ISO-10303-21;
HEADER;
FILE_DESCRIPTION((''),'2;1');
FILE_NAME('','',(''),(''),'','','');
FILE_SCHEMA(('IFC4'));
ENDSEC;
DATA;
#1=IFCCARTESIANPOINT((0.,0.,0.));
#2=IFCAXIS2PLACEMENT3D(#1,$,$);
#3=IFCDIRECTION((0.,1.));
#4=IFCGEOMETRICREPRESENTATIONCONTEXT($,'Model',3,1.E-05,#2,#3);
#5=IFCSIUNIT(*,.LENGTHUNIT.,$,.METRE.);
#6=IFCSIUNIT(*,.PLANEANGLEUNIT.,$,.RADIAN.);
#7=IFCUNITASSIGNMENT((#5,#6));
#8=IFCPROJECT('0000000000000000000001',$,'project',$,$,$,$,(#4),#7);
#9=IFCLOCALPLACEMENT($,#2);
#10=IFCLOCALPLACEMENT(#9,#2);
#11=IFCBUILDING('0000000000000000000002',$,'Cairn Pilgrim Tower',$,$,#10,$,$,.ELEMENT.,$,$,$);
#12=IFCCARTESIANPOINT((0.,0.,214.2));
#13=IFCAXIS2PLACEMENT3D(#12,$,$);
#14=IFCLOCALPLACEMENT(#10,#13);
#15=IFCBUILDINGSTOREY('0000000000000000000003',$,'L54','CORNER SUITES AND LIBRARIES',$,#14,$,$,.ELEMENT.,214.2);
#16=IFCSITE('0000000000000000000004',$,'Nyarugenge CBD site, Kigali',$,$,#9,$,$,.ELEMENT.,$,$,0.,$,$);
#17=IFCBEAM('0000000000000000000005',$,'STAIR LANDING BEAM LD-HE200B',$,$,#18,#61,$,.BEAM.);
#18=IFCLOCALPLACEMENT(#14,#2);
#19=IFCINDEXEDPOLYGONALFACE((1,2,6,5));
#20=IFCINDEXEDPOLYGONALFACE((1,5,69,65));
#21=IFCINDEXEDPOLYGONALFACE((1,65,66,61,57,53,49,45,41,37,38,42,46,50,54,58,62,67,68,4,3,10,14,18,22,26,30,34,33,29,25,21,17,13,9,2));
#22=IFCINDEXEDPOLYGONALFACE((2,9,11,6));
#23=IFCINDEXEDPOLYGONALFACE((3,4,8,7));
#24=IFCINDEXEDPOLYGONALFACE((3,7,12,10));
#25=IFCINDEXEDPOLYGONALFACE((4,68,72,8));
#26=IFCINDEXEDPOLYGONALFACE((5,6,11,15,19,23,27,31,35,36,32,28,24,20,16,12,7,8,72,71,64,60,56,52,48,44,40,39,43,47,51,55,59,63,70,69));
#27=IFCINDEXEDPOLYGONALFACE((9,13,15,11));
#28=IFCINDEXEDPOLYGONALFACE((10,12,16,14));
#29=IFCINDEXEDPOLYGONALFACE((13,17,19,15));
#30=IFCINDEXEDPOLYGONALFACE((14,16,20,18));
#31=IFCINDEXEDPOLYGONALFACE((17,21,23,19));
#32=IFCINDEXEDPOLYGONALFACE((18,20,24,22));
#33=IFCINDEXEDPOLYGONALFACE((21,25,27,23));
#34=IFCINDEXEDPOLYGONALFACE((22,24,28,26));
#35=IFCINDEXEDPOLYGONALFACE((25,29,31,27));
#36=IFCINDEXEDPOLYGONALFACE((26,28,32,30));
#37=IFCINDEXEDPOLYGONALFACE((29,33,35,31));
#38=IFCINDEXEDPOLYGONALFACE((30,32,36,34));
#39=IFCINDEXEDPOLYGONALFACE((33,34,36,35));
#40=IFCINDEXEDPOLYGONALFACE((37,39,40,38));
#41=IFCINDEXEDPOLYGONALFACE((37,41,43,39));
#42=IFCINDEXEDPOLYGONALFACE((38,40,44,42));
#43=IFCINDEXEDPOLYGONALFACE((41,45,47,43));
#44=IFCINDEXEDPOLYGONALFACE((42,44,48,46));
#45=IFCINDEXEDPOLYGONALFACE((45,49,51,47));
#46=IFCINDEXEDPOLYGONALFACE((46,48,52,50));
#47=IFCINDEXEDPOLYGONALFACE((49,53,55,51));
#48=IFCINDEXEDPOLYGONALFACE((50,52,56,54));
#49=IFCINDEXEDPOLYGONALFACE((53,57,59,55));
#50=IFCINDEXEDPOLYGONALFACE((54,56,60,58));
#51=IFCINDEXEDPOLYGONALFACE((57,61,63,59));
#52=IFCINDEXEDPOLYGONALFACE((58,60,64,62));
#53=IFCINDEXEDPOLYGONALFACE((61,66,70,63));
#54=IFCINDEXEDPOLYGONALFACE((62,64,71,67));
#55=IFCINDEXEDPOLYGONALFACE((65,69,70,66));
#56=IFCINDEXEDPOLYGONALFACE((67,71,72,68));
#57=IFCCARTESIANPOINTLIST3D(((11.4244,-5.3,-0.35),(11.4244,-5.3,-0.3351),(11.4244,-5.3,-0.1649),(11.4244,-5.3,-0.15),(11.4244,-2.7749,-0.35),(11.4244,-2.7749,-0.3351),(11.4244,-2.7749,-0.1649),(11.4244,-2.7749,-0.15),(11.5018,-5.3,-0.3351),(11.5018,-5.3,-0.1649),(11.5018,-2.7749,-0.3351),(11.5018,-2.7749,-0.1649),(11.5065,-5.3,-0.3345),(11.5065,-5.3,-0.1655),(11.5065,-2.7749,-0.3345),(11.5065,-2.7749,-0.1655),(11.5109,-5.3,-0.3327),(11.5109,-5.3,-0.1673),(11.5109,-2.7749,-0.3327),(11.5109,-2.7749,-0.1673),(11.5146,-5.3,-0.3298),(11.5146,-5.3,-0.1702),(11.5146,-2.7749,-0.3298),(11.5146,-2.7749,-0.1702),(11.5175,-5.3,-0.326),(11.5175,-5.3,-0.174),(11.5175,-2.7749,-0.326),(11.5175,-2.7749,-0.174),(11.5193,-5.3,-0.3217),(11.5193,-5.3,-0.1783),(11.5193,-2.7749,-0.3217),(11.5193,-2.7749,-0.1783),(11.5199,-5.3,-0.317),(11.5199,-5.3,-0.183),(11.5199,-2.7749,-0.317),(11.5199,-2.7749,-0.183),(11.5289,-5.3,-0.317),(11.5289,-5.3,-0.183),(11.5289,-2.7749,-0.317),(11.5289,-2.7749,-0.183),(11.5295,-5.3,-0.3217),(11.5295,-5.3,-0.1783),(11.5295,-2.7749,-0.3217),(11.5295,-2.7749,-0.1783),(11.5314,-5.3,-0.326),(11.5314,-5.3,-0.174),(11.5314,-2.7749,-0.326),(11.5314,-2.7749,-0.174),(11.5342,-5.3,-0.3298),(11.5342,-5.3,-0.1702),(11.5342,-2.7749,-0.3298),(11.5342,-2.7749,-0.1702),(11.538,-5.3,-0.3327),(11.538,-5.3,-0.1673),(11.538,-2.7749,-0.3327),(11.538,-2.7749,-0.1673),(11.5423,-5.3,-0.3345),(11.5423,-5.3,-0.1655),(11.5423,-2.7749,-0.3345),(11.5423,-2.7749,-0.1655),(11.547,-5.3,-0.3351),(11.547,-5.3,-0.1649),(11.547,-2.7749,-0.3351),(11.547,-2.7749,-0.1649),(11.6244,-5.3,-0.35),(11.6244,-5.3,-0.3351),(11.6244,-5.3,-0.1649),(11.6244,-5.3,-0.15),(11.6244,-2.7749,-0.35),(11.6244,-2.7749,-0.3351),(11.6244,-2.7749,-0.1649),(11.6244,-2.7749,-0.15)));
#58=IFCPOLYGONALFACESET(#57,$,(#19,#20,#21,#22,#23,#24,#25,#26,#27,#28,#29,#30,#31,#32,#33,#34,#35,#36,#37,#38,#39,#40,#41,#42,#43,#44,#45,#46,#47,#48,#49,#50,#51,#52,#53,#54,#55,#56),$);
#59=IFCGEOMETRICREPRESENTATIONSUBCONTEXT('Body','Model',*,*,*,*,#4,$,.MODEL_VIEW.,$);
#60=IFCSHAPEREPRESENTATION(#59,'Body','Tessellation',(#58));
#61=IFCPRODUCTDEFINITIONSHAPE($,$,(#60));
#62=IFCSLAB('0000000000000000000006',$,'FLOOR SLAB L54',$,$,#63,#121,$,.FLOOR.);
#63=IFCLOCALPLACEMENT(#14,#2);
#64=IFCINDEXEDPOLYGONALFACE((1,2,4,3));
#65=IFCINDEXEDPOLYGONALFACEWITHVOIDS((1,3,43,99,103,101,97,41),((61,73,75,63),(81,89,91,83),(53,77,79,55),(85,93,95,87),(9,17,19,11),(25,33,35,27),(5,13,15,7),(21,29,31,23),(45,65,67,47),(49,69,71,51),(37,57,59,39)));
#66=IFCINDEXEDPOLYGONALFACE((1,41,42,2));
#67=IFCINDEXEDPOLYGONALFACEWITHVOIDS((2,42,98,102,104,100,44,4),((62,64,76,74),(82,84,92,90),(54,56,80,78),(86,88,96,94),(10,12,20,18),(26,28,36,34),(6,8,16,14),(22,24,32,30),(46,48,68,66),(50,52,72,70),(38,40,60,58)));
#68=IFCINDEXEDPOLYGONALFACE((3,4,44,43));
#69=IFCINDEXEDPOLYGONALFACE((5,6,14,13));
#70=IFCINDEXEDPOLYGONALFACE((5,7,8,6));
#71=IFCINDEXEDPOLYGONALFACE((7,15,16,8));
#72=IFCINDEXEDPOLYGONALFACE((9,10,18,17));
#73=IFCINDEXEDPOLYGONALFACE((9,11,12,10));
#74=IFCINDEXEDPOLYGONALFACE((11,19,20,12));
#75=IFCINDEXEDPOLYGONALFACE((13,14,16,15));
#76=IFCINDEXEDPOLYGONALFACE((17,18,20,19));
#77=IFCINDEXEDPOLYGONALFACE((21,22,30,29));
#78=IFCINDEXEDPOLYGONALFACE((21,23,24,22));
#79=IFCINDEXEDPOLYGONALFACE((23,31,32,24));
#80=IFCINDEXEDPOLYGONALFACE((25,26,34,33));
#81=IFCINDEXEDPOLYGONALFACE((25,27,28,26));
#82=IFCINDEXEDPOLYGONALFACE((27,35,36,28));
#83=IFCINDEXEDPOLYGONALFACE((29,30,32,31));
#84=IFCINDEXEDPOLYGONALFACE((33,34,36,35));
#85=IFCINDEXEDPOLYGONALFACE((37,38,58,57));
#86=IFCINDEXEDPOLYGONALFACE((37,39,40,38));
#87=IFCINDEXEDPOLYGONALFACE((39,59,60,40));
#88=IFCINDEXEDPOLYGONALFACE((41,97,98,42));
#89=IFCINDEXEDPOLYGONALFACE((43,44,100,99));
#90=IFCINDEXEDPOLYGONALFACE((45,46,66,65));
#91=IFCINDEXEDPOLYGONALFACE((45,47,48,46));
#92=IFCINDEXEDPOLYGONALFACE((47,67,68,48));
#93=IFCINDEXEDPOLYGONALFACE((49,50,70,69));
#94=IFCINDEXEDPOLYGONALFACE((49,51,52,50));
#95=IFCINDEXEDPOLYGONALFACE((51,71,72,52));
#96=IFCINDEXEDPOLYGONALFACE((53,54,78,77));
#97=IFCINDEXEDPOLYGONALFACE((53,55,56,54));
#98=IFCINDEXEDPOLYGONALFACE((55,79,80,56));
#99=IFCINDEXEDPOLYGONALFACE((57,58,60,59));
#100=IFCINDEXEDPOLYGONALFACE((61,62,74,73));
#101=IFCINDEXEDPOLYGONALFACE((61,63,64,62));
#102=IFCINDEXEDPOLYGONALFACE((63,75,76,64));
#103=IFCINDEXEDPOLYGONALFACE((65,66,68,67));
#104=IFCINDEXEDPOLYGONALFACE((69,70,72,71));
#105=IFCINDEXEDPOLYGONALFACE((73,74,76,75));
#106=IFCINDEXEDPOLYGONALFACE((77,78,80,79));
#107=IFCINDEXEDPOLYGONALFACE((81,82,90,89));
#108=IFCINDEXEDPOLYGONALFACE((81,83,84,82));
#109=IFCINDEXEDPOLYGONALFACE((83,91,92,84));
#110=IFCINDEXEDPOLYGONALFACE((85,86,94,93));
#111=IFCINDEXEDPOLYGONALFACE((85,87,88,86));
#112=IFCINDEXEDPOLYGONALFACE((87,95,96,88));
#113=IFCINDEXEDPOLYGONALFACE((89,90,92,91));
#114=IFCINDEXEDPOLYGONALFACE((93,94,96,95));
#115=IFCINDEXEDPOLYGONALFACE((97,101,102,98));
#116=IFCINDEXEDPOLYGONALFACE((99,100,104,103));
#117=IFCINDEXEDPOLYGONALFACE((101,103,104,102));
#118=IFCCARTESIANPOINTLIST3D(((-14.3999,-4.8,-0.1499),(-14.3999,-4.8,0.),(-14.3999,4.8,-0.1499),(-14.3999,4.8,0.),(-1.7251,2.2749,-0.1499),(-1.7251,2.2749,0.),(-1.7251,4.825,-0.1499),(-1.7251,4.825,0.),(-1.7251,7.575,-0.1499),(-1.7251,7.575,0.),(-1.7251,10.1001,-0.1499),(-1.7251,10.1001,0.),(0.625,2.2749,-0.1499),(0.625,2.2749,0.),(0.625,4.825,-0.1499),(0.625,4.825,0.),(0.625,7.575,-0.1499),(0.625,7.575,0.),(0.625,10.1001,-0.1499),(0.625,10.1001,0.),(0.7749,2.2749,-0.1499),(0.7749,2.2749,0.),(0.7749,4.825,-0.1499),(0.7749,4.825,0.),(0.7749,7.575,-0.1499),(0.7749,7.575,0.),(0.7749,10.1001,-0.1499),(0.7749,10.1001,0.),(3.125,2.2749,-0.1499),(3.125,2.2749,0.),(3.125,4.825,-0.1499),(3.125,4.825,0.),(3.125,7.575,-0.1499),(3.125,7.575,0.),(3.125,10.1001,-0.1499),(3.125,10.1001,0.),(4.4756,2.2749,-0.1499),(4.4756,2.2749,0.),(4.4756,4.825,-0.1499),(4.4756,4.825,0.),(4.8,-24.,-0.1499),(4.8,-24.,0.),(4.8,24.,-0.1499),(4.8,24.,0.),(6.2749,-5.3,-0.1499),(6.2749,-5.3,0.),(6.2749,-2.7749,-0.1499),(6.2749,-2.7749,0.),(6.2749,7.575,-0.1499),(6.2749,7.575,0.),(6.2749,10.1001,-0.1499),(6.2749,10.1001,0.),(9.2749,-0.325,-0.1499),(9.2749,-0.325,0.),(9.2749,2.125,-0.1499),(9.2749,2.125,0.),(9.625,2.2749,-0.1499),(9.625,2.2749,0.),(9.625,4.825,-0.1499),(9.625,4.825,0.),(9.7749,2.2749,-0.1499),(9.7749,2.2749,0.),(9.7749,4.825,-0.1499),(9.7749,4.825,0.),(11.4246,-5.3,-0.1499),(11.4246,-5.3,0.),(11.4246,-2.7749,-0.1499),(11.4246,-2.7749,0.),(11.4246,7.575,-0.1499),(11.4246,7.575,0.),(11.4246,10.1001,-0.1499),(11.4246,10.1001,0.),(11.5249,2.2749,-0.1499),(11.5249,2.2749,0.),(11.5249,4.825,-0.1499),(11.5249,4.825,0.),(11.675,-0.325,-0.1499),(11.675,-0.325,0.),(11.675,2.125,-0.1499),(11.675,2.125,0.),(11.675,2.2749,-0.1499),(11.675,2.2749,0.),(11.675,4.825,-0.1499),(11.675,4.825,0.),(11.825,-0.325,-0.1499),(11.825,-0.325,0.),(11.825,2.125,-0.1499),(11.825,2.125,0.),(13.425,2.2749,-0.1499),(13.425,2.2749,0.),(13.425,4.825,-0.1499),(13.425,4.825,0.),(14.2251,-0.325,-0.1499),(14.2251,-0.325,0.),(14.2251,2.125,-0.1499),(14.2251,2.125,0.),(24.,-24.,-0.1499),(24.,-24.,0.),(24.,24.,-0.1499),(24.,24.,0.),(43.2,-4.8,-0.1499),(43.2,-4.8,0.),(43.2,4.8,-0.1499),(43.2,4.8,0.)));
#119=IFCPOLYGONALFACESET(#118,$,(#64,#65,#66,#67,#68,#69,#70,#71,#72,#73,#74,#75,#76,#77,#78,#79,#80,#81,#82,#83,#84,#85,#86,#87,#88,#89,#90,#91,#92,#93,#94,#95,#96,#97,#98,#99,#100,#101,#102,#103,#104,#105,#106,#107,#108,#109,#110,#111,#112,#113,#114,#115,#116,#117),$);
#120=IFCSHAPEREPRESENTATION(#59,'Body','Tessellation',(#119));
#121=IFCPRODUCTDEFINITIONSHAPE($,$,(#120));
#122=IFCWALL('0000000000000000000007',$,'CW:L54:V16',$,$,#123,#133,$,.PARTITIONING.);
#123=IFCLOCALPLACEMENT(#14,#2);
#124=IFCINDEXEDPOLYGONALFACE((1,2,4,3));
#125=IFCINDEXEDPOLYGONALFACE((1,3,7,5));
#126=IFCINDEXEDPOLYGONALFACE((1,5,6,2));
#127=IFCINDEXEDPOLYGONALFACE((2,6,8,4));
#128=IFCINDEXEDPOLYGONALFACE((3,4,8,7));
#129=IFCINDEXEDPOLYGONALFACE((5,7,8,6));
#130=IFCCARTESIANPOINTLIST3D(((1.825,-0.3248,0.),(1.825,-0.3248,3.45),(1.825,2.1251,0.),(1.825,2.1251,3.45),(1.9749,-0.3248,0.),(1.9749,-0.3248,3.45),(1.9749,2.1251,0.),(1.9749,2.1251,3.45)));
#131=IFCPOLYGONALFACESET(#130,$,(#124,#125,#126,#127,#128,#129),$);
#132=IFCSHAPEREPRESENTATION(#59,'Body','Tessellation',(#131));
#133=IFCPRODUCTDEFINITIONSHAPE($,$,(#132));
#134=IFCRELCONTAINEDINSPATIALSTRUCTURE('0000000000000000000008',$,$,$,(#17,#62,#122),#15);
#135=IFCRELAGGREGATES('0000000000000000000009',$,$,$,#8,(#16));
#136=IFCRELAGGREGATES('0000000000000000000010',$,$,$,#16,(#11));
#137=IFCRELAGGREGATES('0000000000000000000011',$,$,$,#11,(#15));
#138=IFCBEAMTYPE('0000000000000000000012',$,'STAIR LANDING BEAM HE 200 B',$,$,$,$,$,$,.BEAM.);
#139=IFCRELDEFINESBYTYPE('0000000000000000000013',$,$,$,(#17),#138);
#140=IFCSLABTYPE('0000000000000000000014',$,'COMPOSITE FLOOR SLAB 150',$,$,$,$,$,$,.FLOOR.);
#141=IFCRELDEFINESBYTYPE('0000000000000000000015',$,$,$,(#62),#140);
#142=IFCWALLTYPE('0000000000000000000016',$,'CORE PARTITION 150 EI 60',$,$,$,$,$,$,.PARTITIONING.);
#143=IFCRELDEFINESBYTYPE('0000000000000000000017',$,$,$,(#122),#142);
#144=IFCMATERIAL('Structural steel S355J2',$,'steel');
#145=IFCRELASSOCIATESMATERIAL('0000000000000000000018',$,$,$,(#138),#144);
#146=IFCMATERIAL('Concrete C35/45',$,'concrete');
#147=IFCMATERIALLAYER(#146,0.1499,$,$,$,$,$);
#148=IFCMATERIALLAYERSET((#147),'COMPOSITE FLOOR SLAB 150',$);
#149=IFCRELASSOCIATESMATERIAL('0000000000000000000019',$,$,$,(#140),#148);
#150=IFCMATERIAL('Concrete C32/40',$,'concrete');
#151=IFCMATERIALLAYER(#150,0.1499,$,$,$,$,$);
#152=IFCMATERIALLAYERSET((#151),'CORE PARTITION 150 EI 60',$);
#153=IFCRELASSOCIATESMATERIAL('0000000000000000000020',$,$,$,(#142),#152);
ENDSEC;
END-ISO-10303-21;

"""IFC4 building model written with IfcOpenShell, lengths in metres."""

from ifc_helpers import new_model, si_unit, direction, frame, frame_2d, origin, origin_2d, place, context, subcontext, project, spatial, polyline, rectangle, i_section, outline, extrude, material, layer, layer_set, material_profile, profile_set, type_object, element, save


model = new_model("IFC4")

# Units and contexts
model_context = context("Model", 3, precision=1e-05, world=origin(), true_north=direction((0.0, 1.0)))
body_context = subcontext(model_context, "Body", "Model", "MODEL_VIEW")
ifc_project = project(units=[si_unit("LENGTHUNIT", "METRE"), si_unit("PLANEANGLEUNIT", "RADIAN")], contexts=[model_context])

# Site, building, storey
site_placement = place(None, origin())
site = spatial("IfcSite", under=ifc_project, at=site_placement, Name="Nyarugenge CBD site, Kigali", CompositionType="ELEMENT", RefElevation=0.0)
building_placement = place(site_placement, origin())
building = spatial("IfcBuilding", under=site, at=building_placement, Name="Cairn Pilgrim Tower", CompositionType="ELEMENT")
storey_placement = place(building_placement, frame((0.0, 0.0, 214.2)))
storey = spatial("IfcBuildingStorey", under=building, at=storey_placement, Name="L54", Description="CORNER SUITES AND LIBRARIES", CompositionType="ELEMENT", Elevation=214.2)

# Shared definitions
ifc_material_1 = material(Name="Structural steel S355J2", Category="steel")

# Beam
ifc_material_profile_1 = material_profile(ifc_material_1, i_section(OverallWidth=0.2, OverallDepth=0.2, WebThickness=0.009, FlangeThickness=0.0149, FilletRadius=0.0181, at=origin_2d()), Name="HE 200 B")
ifc_profile_set_1 = profile_set([ifc_material_profile_1], Name="Structural steel S355J2")
beam_type_1 = type_object("IfcBeamType", Name="STAIR LANDING BEAM HE 200 B", PredefinedType="BEAM", material=ifc_profile_set_1)
beam_1_placement = place(storey_placement, frame((11.5244, -2.7749, -0.25), z_axis=(0.0, -1.0, 0.0), x_axis=(1.0, 0.0, 0.0)))
element("IfcBeam", 1, at=beam_1_placement, inside=storey, type_object=beam_type_1, Name="STAIR LANDING BEAM LD-HE200B", PredefinedType="BEAM", context=body_context, shape_type="SweptSolid", body=[
    extrude(i_section(OverallWidth=0.2, OverallDepth=0.2, WebThickness=0.009, FlangeThickness=0.0149, FilletRadius=0.0181, at=origin_2d()), origin(), (0.0, 0.0, 1.0), 2.5251),
])

# Slab
ifc_material_2 = material(Name="Concrete C35/45", Category="concrete")
ifc_layer_1 = layer(ifc_material_2, 0.1499)
ifc_layer_set_1 = layer_set([ifc_layer_1], Name="COMPOSITE FLOOR SLAB 150")
slab_type_1 = type_object("IfcSlabType", Name="COMPOSITE FLOOR SLAB 150", PredefinedType="FLOOR", material=ifc_layer_set_1)
slab_1_placement = place(storey_placement, frame((0.0, 0.0, -0.1499)))
element("IfcSlab", 2, at=slab_1_placement, inside=storey, type_object=slab_type_1, Name="FLOOR SLAB L54", PredefinedType="FLOOR", context=body_context, shape_type="SweptSolid", body=[
    extrude(outline(polyline([(4.8, -24.0), (24.0, -24.0), (43.2, -4.8), (43.2, 4.8), (24.0, 24.0), (4.8, 24.0), (-14.3999, 4.8), (-14.3999, -4.8), (4.8, -24.0)]), holes=[polyline([(9.2749, -0.325), (11.675, -0.325), (11.675, 2.125), (9.2749, 2.125), (9.2749, -0.325)]), polyline([(11.825, -0.325), (14.2251, -0.325), (14.2251, 2.125), (11.825, 2.125), (11.825, -0.325)]), polyline([(-1.7251, 2.2749), (0.625, 2.2749), (0.625, 4.825), (-1.7251, 4.825), (-1.7251, 2.2749)]), polyline([(0.7749, 2.2749), (3.125, 2.2749), (3.125, 4.825), (0.7749, 4.825), (0.7749, 2.2749)]), polyline([(-1.7251, 7.575), (0.625, 7.575), (0.625, 10.1001), (-1.7251, 10.1001), (-1.7251, 7.575)]), polyline([(0.7749, 7.575), (3.125, 7.575), (3.125, 10.1001), (0.7749, 10.1001), (0.7749, 7.575)]), polyline([(9.7749, 2.2749), (11.5249, 2.2749), (11.5249, 4.825), (9.7749, 4.825), (9.7749, 2.2749)]), polyline([(11.675, 2.2749), (13.425, 2.2749), (13.425, 4.825), (11.675, 4.825), (11.675, 2.2749)]), polyline([(11.4246, -2.7749), (6.2749, -2.7749), (6.2749, -5.3), (11.4246, -5.3), (11.4246, -2.7749)]), polyline([(4.4756, 2.2749), (9.625, 2.2749), (9.625, 4.825), (4.4756, 4.825), (4.4756, 2.2749)]), polyline([(11.4246, 10.1001), (6.2749, 10.1001), (6.2749, 7.575), (11.4246, 7.575), (11.4246, 10.1001)])]), origin(), (0.0, 0.0, 1.0), 0.1499),
])

# Wall
ifc_material_3 = material(Name="Concrete C32/40", Category="concrete")
ifc_layer_2 = layer(ifc_material_3, 0.1499)
ifc_layer_set_2 = layer_set([ifc_layer_2], Name="CORE PARTITION 150 EI 60")
wall_type_1 = type_object("IfcWallType", Name="CORE PARTITION 150 EI 60", PredefinedType="PARTITIONING", material=ifc_layer_set_2)
wall_1_placement = place(storey_placement, frame((1.8999, -0.325, 0.0), z_axis=(0.0, 0.0, 1.0), x_axis=(0.0, 1.0, 0.0)))
element("IfcWall", 3, at=wall_1_placement, inside=storey, type_object=wall_type_1, Name="CW:L54:V16", PredefinedType="PARTITIONING", context=body_context, shape_type="SweptSolid", body=[
    extrude(rectangle(XDim=2.45, YDim=0.1499, at=frame_2d((1.2251, 0.0))), origin(), (0.0, 0.0, 1.0), 3.45),
])

save(model, "model.ifc")
